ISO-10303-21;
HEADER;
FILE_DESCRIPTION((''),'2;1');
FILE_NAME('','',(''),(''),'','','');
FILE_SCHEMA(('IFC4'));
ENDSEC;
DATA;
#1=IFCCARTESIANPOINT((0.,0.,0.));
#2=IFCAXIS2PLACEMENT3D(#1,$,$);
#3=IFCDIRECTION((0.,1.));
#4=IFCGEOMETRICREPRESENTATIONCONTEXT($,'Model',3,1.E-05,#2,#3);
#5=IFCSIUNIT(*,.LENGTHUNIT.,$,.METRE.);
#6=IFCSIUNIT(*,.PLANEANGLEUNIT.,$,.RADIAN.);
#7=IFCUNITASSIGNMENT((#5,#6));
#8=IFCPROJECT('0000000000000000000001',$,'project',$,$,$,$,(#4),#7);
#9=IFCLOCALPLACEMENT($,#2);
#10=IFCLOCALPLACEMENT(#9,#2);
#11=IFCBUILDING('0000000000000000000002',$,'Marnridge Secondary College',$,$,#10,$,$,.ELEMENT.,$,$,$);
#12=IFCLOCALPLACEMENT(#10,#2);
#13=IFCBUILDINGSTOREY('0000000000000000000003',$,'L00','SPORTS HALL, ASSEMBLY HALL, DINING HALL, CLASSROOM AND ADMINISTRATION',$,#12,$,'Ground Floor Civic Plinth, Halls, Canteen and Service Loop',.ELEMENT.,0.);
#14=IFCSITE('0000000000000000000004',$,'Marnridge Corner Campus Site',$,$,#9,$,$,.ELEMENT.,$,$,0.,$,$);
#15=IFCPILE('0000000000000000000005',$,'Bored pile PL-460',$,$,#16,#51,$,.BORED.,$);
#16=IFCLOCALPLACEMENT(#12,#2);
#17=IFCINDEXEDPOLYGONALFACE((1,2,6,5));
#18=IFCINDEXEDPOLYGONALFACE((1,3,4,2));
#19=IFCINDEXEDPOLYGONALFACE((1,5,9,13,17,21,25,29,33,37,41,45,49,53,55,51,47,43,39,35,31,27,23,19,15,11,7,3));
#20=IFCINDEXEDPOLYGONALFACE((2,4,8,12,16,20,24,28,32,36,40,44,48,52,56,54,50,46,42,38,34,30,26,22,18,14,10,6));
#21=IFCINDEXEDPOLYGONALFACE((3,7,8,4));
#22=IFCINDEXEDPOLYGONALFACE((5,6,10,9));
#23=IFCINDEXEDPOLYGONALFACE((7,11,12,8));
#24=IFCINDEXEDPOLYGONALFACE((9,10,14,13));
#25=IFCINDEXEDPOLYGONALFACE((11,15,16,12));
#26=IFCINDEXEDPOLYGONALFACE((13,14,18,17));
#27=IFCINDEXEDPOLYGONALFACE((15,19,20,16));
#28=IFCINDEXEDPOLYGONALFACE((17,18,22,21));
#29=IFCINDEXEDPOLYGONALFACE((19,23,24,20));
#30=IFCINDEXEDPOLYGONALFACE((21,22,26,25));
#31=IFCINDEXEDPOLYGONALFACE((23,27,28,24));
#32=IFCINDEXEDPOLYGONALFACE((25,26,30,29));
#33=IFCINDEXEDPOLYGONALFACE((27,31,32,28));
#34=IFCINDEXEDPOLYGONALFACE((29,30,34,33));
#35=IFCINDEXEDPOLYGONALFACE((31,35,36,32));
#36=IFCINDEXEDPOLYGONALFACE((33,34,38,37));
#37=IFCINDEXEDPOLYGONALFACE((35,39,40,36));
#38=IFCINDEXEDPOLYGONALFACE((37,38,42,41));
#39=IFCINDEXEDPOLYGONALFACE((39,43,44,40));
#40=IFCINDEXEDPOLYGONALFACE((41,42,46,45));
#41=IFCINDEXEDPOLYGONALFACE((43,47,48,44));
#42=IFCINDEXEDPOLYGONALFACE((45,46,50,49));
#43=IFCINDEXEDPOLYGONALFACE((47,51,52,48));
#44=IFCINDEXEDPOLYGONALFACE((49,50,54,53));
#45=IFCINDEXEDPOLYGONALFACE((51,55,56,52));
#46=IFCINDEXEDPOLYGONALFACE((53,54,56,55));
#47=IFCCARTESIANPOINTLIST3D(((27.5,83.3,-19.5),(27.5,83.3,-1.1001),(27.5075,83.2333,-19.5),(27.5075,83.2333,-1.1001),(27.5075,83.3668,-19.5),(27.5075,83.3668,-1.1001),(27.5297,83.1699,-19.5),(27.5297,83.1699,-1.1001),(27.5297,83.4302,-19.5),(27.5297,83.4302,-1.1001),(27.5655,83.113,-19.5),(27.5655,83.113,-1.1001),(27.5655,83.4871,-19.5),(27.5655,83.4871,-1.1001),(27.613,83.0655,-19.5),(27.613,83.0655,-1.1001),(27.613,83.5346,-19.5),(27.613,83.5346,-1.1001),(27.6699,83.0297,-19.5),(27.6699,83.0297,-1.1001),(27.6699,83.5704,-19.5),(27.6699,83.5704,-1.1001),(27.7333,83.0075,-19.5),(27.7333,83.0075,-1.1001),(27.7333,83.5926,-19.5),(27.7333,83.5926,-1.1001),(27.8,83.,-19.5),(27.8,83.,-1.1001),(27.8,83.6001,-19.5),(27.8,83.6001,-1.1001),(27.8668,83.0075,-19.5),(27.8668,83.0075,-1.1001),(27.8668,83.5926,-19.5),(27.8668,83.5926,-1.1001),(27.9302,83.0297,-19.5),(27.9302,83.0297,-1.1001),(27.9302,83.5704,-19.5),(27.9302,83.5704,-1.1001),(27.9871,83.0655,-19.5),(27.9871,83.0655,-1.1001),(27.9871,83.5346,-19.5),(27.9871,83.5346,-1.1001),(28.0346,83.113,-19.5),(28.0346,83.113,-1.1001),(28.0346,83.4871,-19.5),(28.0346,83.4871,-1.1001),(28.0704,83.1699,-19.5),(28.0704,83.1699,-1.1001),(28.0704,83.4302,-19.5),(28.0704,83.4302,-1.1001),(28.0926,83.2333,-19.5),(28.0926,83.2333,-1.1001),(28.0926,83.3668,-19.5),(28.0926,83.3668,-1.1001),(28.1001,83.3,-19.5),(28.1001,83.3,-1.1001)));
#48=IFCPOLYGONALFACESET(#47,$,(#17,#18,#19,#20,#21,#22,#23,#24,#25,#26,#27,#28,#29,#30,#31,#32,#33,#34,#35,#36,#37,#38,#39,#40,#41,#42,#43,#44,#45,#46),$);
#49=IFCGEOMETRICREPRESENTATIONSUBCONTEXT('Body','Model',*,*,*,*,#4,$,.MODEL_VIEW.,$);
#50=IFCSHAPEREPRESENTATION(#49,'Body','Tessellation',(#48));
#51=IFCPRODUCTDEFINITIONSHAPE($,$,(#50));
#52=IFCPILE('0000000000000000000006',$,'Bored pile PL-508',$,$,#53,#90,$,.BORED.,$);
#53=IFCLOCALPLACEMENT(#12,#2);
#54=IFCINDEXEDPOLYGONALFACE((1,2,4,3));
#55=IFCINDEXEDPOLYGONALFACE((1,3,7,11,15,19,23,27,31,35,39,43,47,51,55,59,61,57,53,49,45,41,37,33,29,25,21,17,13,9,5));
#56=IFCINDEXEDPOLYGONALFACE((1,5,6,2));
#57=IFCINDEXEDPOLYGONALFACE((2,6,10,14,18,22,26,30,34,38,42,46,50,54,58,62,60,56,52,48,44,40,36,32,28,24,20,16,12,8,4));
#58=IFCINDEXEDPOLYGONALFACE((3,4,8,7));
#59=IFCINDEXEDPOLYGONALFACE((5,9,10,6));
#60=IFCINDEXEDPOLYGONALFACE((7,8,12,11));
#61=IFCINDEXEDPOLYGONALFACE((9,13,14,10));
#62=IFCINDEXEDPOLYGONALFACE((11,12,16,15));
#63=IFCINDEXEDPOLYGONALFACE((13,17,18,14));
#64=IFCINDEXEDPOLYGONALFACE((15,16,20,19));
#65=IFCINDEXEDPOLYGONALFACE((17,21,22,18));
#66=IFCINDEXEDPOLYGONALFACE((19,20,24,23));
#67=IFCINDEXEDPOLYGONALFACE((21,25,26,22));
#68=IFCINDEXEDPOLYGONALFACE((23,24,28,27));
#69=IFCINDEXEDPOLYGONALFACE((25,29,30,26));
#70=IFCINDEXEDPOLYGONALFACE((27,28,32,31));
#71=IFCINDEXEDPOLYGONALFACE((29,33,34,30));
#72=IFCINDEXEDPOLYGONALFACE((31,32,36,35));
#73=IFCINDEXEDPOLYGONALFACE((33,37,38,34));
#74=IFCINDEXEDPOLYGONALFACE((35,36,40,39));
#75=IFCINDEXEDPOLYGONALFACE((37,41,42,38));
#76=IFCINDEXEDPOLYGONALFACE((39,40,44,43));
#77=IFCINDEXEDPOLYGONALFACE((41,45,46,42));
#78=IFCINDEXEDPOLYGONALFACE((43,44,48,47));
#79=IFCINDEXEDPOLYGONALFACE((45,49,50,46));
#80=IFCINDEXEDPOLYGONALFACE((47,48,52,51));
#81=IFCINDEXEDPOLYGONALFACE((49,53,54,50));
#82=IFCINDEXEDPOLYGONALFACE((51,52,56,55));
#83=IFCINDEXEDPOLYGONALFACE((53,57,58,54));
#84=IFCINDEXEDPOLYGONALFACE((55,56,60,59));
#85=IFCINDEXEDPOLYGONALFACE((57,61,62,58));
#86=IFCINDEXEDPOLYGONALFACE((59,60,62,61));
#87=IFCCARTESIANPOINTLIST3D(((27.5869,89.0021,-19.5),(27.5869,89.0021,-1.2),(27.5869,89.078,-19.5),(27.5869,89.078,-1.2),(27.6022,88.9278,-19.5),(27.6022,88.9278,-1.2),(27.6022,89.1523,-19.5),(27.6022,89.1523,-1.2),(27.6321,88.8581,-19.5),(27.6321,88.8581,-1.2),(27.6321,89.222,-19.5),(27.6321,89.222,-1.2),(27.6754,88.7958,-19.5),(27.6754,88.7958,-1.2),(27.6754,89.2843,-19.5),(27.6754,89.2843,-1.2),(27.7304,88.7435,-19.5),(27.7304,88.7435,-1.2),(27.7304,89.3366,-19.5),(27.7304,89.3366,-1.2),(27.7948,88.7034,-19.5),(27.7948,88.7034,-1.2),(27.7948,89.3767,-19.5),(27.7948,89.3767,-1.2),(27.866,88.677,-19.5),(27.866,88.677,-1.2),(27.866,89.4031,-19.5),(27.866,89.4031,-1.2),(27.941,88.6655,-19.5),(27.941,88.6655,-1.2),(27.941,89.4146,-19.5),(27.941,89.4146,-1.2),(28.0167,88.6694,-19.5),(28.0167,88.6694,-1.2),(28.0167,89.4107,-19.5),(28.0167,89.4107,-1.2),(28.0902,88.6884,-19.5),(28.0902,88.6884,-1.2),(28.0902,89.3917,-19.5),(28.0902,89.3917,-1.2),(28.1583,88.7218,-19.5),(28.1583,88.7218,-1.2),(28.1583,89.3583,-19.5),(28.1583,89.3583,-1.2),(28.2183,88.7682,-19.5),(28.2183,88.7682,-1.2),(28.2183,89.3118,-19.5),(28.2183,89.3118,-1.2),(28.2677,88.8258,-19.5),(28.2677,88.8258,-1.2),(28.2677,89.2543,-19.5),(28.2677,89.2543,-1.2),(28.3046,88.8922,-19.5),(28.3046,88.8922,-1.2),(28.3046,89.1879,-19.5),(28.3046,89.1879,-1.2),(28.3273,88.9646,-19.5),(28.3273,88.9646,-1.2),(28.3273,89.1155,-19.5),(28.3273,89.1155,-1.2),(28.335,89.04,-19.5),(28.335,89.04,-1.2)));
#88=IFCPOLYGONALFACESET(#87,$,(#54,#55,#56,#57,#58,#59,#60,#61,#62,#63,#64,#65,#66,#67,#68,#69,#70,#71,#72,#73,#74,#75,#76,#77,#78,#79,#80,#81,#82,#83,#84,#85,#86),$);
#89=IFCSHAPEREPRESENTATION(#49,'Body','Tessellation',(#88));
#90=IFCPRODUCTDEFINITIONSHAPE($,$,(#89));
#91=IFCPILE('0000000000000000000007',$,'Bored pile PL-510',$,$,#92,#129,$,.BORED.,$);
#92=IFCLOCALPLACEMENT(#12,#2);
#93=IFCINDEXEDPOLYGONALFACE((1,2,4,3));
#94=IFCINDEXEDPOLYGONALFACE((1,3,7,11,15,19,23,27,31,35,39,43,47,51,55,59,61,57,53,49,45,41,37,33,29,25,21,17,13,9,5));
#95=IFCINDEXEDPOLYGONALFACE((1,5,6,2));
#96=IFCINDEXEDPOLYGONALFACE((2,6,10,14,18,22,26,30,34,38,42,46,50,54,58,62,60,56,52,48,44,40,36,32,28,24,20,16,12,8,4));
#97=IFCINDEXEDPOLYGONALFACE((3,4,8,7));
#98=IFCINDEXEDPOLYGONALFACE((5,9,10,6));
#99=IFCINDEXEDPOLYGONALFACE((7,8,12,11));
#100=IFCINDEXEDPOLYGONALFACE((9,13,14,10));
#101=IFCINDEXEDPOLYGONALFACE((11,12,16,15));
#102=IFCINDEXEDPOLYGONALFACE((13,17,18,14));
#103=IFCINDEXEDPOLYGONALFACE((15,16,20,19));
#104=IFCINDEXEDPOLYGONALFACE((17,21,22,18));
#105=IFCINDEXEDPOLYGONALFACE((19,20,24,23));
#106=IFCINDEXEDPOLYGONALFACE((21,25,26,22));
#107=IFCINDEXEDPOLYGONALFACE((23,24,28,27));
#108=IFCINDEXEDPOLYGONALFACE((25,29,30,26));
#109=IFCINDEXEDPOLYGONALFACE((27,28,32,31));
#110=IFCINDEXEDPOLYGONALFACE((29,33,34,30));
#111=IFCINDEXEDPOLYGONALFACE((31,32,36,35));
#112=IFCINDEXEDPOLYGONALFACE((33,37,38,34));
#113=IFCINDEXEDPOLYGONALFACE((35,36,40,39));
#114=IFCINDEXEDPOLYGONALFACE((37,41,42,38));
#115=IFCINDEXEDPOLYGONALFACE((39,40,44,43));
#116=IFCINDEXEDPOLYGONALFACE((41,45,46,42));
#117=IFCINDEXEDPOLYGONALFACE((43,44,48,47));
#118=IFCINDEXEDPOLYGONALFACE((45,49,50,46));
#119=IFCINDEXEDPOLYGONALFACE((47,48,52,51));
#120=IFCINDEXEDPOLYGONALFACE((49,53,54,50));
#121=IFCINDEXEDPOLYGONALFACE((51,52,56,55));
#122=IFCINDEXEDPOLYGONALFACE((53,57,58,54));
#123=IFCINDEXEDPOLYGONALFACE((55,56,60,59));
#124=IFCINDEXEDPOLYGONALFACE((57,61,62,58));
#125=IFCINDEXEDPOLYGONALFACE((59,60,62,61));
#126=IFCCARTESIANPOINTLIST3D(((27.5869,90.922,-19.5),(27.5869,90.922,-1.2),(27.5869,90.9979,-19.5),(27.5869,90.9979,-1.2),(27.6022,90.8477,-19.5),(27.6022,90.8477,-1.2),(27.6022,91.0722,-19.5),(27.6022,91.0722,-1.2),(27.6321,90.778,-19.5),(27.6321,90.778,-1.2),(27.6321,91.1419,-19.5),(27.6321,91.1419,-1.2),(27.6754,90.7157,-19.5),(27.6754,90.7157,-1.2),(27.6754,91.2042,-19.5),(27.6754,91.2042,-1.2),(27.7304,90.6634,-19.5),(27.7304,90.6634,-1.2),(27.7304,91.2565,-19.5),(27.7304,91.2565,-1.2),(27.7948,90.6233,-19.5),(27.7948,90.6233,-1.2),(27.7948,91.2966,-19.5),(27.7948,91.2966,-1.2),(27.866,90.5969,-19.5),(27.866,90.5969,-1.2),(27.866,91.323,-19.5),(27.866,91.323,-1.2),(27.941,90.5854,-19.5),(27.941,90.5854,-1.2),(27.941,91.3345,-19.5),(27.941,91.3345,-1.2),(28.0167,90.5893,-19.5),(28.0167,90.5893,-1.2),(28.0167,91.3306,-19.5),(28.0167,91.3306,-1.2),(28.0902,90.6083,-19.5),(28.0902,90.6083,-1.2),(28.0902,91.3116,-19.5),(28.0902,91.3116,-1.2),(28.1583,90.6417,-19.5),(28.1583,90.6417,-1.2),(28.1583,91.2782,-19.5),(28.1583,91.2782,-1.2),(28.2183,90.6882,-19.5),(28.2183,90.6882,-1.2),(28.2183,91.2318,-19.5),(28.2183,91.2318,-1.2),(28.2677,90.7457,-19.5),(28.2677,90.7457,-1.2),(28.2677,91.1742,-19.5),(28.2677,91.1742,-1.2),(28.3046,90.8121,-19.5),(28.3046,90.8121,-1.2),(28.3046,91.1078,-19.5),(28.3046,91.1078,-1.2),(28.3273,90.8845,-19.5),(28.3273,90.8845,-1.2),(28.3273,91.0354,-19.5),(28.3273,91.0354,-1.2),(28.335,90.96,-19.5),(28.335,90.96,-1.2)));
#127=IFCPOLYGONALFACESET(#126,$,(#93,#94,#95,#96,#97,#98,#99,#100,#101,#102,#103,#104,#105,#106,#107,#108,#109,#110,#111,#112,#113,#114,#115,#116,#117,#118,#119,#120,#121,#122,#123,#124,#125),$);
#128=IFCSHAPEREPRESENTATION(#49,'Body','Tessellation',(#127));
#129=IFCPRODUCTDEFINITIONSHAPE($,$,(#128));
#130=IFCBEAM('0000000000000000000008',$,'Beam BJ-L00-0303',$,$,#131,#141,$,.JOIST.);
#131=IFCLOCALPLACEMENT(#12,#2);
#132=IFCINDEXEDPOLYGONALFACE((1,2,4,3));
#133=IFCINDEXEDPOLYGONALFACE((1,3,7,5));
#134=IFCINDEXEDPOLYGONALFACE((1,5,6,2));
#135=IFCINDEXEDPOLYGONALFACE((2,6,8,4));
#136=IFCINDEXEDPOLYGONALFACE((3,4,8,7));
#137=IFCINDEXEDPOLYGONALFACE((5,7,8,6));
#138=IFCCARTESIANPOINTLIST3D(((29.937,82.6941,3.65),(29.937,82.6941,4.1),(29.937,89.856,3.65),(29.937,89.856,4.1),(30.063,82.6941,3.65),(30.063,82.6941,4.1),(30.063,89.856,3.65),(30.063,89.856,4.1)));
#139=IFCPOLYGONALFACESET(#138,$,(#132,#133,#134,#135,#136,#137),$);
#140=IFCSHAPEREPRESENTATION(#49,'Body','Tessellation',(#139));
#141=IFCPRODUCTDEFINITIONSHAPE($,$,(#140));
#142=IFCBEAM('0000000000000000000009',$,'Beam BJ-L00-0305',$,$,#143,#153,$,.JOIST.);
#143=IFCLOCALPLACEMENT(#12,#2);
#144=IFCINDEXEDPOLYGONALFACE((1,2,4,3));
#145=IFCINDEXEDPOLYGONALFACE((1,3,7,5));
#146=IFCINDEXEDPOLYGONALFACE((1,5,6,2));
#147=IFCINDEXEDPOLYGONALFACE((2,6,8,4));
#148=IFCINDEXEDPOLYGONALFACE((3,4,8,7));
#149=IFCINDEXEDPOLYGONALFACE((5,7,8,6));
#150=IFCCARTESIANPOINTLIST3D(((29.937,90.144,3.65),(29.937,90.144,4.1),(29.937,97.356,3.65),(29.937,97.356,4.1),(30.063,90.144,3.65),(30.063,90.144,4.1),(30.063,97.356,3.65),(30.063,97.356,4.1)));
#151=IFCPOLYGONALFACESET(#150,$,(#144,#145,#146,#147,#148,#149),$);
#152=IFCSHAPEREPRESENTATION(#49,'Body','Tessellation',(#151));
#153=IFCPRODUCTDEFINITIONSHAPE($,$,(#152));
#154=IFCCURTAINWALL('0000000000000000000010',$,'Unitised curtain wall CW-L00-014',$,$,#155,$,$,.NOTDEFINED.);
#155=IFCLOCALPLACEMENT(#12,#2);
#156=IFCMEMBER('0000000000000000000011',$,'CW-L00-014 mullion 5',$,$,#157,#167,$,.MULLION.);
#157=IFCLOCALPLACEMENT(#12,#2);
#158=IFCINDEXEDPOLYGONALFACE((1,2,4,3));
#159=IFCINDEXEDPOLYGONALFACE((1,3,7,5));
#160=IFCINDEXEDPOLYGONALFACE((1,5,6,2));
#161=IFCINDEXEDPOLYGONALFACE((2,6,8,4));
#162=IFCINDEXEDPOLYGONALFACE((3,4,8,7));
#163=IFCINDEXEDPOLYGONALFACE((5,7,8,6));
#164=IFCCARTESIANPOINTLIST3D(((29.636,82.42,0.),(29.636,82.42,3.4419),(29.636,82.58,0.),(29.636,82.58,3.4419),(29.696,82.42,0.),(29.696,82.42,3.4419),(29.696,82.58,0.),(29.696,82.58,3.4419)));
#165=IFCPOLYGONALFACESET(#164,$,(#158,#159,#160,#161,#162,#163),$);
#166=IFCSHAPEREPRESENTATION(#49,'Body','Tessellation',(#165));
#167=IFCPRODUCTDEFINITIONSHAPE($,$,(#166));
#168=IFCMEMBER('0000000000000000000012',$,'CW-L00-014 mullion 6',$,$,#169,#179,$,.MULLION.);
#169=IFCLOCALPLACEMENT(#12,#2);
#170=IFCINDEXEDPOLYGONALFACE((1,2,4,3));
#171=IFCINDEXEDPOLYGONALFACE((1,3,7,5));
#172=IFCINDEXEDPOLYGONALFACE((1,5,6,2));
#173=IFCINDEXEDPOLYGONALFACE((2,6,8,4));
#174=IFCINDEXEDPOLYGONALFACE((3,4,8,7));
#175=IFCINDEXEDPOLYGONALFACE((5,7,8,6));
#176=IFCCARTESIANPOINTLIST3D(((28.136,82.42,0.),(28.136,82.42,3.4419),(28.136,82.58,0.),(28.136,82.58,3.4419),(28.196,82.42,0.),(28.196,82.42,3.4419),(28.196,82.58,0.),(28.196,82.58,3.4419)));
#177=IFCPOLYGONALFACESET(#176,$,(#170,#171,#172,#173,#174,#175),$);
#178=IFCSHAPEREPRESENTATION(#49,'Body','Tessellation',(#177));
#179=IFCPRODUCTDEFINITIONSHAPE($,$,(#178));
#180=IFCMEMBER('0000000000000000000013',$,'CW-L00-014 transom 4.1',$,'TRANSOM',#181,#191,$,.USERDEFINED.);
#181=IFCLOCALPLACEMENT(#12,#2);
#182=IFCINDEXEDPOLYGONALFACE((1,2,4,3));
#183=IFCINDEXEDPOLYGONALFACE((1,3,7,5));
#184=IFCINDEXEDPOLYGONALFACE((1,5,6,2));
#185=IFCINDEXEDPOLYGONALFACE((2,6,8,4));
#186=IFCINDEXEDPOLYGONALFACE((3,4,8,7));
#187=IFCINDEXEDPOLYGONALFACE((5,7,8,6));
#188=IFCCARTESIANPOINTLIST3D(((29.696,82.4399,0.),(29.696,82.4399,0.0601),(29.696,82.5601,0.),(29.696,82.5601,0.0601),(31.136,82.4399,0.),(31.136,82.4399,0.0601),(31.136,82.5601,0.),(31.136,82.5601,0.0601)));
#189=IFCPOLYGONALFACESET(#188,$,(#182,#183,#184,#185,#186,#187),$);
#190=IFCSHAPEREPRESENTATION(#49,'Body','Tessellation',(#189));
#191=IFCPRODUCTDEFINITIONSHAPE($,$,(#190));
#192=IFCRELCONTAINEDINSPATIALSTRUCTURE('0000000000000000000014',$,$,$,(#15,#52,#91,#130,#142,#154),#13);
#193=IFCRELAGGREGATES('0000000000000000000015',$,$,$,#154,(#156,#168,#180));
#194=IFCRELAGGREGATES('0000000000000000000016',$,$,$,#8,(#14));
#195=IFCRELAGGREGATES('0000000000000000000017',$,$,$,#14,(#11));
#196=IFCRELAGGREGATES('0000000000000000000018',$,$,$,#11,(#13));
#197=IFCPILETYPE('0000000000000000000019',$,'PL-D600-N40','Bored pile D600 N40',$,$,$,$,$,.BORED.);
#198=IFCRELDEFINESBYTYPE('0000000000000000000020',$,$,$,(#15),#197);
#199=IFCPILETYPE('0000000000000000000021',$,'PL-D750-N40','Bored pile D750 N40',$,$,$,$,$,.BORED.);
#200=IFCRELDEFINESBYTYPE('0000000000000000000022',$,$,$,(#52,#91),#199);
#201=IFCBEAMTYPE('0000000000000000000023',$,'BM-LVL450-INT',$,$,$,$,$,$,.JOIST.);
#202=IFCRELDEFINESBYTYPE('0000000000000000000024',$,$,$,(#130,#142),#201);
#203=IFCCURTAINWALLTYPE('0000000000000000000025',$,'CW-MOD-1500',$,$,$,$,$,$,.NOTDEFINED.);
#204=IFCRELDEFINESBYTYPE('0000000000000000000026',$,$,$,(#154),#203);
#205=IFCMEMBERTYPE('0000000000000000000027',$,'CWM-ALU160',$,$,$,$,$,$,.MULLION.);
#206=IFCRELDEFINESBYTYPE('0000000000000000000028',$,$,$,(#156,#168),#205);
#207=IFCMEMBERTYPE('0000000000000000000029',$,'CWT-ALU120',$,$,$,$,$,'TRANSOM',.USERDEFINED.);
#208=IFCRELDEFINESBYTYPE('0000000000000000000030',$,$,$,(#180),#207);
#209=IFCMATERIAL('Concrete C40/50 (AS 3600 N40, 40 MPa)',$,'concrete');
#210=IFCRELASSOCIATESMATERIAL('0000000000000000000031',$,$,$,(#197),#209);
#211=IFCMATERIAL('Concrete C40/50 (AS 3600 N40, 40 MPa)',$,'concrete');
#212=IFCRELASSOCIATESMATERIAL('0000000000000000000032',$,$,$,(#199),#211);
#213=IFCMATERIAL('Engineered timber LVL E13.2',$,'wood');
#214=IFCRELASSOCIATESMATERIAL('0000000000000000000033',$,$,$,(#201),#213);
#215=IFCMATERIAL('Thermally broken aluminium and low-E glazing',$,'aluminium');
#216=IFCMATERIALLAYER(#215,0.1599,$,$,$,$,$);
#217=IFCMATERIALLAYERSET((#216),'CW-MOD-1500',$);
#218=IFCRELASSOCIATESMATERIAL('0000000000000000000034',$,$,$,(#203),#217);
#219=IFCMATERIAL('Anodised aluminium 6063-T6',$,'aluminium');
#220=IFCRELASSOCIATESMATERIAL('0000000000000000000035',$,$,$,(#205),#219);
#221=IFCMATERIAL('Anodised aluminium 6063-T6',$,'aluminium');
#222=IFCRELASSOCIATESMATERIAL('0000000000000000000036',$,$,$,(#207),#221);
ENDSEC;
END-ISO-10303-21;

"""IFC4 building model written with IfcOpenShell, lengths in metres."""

from ifc_helpers import new_model, si_unit, direction, frame, origin, origin_2d, place, context, subcontext, project, spatial, rectangle, circle, extrude, material, layer, layer_set, material_profile, profile_set, type_object, element, aggregate, save


model = new_model("IFC4")

# Units and contexts
model_context = context("Model", 3, precision=1e-05, world=origin(), true_north=direction((0.0, 1.0)))
body_context = subcontext(model_context, "Body", "Model", "MODEL_VIEW")
ifc_project = project(units=[si_unit("LENGTHUNIT", "METRE"), si_unit("PLANEANGLEUNIT", "RADIAN")], contexts=[model_context])

# Site, building, storey
site_placement = place(None, origin())
site = spatial("IfcSite", under=ifc_project, at=site_placement, Name="Marnridge Corner Campus Site", CompositionType="ELEMENT", RefElevation=0.0)
building_placement = place(site_placement, origin())
building = spatial("IfcBuilding", under=site, at=building_placement, Name="Marnridge Secondary College", CompositionType="ELEMENT")
storey_placement = place(building_placement, origin())
storey = spatial("IfcBuildingStorey", under=building, at=storey_placement, Name="L00", Description="SPORTS HALL, ASSEMBLY HALL, DINING HALL, CLASSROOM AND ADMINISTRATION", LongName="Ground Floor Civic Plinth, Halls, Canteen and Service Loop", CompositionType="ELEMENT", Elevation=0.0)

# Piles
ifc_material_1 = material(Name="Concrete C40/50 (AS 3600 N40, 40 MPa)", Category="concrete")
ifc_material_profile_1 = material_profile(ifc_material_1, circle(Radius=0.3, at=origin_2d()), Name="PILE D600")
ifc_profile_set_1 = profile_set([ifc_material_profile_1], Name="Concrete C40/50 (AS 3600 N40, 40 MPa)")
pile_type_1 = type_object("IfcPileType", Name="PL-D600-N40", Description="Bored pile D600 N40", PredefinedType="BORED", material=ifc_profile_set_1)
pile_placement = place(storey_placement, frame((27.8, 83.3, -1.1001), z_axis=(0.0, 0.0, -1.0), x_axis=(1.0, 0.0, 0.0)))
element("IfcPile", 1, at=pile_placement, inside=storey, type_object=pile_type_1, Name="Bored pile PL-460", PredefinedType="BORED", context=body_context, shape_type="SweptSolid", body=[
    extrude(circle(Radius=0.3, at=origin_2d()), origin(), (0.0, 0.0, 1.0), 18.3999),
])
ifc_material_2 = material(Name="Concrete C40/50 (AS 3600 N40, 40 MPa)", Category="concrete")
ifc_material_profile_2 = material_profile(ifc_material_2, circle(Radius=0.375, at=origin_2d()), Name="PILE D750")
ifc_profile_set_2 = profile_set([ifc_material_profile_2], Name="Concrete C40/50 (AS 3600 N40, 40 MPa)")
pile_type_2 = type_object("IfcPileType", Name="PL-D750-N40", Description="Bored pile D750 N40", PredefinedType="BORED", material=ifc_profile_set_2)
for number, where, z_axis, x_axis, name in (
    (2, (27.96, 89.04, -1.2), (0.0, 0.0, -1.0), (1.0, 0.0, 0.0), "Bored pile PL-508"),
    (3, (27.96, 90.96, -1.2), (0.0, 0.0, -1.0), (1.0, 0.0, 0.0), "Bored pile PL-510"),
):
    element("IfcPile", number, at=place(storey_placement, frame(where, z_axis=z_axis, x_axis=x_axis)), inside=storey, type_object=pile_type_2, Name=name, PredefinedType="BORED", context=body_context, shape_type="SweptSolid", body=[
        extrude(circle(Radius=0.375, at=origin_2d()), origin(), (0.0, 0.0, 1.0), 18.3),
    ])

# Beams
ifc_material_3 = material(Name="Engineered timber LVL E13.2", Category="wood")
ifc_material_profile_3 = material_profile(ifc_material_3, rectangle(XDim=0.126, YDim=0.45, at=origin_2d()), Name="LVL 126x450")
ifc_profile_set_3 = profile_set([ifc_material_profile_3], Name="Engineered timber LVL E13.2")
beam_type = type_object("IfcBeamType", Name="BM-LVL450-INT", PredefinedType="JOIST", material=ifc_profile_set_3)
beam_1_placement = place(storey_placement, frame((30.0, 82.6941, 3.875), z_axis=(0.0, 1.0, 0.0), x_axis=(-1.0, 0.0, 0.0)))
element("IfcBeam", 4, at=beam_1_placement, inside=storey, type_object=beam_type, Name="Beam BJ-L00-0303", PredefinedType="JOIST", context=body_context, shape_type="SweptSolid", body=[
    extrude(rectangle(XDim=0.126, YDim=0.45, at=origin_2d()), origin(), (0.0, 0.0, 1.0), 7.1619),
])
beam_2_placement = place(storey_placement, frame((30.0, 90.144, 3.875), z_axis=(0.0, 1.0, 0.0), x_axis=(-1.0, 0.0, 0.0)))
element("IfcBeam", 5, at=beam_2_placement, inside=storey, type_object=beam_type, Name="Beam BJ-L00-0305", PredefinedType="JOIST", context=body_context, shape_type="SweptSolid", body=[
    extrude(rectangle(XDim=0.126, YDim=0.45, at=origin_2d()), origin(), (0.0, 0.0, 1.0), 7.2119),
])

# Curtain wall, members
ifc_material_4 = material(Name="Thermally broken aluminium and low-E glazing", Category="aluminium")
ifc_layer_1 = layer(ifc_material_4, 0.1599)
ifc_layer_set_1 = layer_set([ifc_layer_1], Name="CW-MOD-1500")
curtain_wall_type = type_object("IfcCurtainWallType", Name="CW-MOD-1500", PredefinedType="NOTDEFINED", material=ifc_layer_set_1)
curtain_wall_placement = place(storey_placement, origin())
curtain_wall = element("IfcCurtainWall", 6, at=curtain_wall_placement, inside=storey, type_object=curtain_wall_type, Name="Unitised curtain wall CW-L00-014", PredefinedType="NOTDEFINED")
ifc_material_5 = material(Name="Anodised aluminium 6063-T6", Category="aluminium")
ifc_material_profile_4 = material_profile(ifc_material_5, rectangle(XDim=0.0601, YDim=0.1599, at=origin_2d()), Name="ALU 60x160")
ifc_profile_set_4 = profile_set([ifc_material_profile_4], Name="Anodised aluminium 6063-T6")
member_type_1 = type_object("IfcMemberType", Name="CWM-ALU160", PredefinedType="MULLION", material=ifc_profile_set_4)
member_1_placement = place(storey_placement, frame((29.666, 82.5, 0.0), z_axis=(0.0, 0.0, 1.0), x_axis=(-1.0, 0.0, 0.0)))
member_1 = element("IfcMember", 7, at=member_1_placement, type_object=member_type_1, Name="CW-L00-014 mullion 5", PredefinedType="MULLION", context=body_context, shape_type="SweptSolid", body=[
    extrude(rectangle(XDim=0.0601, YDim=0.1599, at=origin_2d()), origin(), (0.0, 0.0, 1.0), 3.4419),
])
member_2_placement = place(storey_placement, frame((28.166, 82.5, 0.0), z_axis=(0.0, 0.0, 1.0), x_axis=(-1.0, 0.0, 0.0)))
member_2 = element("IfcMember", 8, at=member_2_placement, type_object=member_type_1, Name="CW-L00-014 mullion 6", PredefinedType="MULLION", context=body_context, shape_type="SweptSolid", body=[
    extrude(rectangle(XDim=0.0601, YDim=0.1599, at=origin_2d()), origin(), (0.0, 0.0, 1.0), 3.4419),
])
ifc_material_6 = material(Name="Anodised aluminium 6063-T6", Category="aluminium")
ifc_material_profile_5 = material_profile(ifc_material_6, rectangle(XDim=0.0601, YDim=0.1201, at=origin_2d()), Name="ALU 60x120")
ifc_profile_set_5 = profile_set([ifc_material_profile_5], Name="Anodised aluminium 6063-T6")
member_type_2 = type_object("IfcMemberType", Name="CWT-ALU120", ElementType="TRANSOM", PredefinedType="USERDEFINED", material=ifc_profile_set_5)
member_3_placement = place(storey_placement, frame((31.136, 82.5, 0.03), z_axis=(-1.0, 0.0, 0.0), x_axis=(0.0, 0.0, 1.0)))
member_3 = element("IfcMember", 9, at=member_3_placement, type_object=member_type_2, Name="CW-L00-014 transom 4.1", ObjectType="TRANSOM", PredefinedType="USERDEFINED", context=body_context, shape_type="SweptSolid", body=[
    extrude(rectangle(XDim=0.0601, YDim=0.1201, at=origin_2d()), origin(), (0.0, 0.0, 1.0), 1.4399),
])
aggregate(curtain_wall, [member_1, member_2, member_3])

save(model, "model.ifc")
